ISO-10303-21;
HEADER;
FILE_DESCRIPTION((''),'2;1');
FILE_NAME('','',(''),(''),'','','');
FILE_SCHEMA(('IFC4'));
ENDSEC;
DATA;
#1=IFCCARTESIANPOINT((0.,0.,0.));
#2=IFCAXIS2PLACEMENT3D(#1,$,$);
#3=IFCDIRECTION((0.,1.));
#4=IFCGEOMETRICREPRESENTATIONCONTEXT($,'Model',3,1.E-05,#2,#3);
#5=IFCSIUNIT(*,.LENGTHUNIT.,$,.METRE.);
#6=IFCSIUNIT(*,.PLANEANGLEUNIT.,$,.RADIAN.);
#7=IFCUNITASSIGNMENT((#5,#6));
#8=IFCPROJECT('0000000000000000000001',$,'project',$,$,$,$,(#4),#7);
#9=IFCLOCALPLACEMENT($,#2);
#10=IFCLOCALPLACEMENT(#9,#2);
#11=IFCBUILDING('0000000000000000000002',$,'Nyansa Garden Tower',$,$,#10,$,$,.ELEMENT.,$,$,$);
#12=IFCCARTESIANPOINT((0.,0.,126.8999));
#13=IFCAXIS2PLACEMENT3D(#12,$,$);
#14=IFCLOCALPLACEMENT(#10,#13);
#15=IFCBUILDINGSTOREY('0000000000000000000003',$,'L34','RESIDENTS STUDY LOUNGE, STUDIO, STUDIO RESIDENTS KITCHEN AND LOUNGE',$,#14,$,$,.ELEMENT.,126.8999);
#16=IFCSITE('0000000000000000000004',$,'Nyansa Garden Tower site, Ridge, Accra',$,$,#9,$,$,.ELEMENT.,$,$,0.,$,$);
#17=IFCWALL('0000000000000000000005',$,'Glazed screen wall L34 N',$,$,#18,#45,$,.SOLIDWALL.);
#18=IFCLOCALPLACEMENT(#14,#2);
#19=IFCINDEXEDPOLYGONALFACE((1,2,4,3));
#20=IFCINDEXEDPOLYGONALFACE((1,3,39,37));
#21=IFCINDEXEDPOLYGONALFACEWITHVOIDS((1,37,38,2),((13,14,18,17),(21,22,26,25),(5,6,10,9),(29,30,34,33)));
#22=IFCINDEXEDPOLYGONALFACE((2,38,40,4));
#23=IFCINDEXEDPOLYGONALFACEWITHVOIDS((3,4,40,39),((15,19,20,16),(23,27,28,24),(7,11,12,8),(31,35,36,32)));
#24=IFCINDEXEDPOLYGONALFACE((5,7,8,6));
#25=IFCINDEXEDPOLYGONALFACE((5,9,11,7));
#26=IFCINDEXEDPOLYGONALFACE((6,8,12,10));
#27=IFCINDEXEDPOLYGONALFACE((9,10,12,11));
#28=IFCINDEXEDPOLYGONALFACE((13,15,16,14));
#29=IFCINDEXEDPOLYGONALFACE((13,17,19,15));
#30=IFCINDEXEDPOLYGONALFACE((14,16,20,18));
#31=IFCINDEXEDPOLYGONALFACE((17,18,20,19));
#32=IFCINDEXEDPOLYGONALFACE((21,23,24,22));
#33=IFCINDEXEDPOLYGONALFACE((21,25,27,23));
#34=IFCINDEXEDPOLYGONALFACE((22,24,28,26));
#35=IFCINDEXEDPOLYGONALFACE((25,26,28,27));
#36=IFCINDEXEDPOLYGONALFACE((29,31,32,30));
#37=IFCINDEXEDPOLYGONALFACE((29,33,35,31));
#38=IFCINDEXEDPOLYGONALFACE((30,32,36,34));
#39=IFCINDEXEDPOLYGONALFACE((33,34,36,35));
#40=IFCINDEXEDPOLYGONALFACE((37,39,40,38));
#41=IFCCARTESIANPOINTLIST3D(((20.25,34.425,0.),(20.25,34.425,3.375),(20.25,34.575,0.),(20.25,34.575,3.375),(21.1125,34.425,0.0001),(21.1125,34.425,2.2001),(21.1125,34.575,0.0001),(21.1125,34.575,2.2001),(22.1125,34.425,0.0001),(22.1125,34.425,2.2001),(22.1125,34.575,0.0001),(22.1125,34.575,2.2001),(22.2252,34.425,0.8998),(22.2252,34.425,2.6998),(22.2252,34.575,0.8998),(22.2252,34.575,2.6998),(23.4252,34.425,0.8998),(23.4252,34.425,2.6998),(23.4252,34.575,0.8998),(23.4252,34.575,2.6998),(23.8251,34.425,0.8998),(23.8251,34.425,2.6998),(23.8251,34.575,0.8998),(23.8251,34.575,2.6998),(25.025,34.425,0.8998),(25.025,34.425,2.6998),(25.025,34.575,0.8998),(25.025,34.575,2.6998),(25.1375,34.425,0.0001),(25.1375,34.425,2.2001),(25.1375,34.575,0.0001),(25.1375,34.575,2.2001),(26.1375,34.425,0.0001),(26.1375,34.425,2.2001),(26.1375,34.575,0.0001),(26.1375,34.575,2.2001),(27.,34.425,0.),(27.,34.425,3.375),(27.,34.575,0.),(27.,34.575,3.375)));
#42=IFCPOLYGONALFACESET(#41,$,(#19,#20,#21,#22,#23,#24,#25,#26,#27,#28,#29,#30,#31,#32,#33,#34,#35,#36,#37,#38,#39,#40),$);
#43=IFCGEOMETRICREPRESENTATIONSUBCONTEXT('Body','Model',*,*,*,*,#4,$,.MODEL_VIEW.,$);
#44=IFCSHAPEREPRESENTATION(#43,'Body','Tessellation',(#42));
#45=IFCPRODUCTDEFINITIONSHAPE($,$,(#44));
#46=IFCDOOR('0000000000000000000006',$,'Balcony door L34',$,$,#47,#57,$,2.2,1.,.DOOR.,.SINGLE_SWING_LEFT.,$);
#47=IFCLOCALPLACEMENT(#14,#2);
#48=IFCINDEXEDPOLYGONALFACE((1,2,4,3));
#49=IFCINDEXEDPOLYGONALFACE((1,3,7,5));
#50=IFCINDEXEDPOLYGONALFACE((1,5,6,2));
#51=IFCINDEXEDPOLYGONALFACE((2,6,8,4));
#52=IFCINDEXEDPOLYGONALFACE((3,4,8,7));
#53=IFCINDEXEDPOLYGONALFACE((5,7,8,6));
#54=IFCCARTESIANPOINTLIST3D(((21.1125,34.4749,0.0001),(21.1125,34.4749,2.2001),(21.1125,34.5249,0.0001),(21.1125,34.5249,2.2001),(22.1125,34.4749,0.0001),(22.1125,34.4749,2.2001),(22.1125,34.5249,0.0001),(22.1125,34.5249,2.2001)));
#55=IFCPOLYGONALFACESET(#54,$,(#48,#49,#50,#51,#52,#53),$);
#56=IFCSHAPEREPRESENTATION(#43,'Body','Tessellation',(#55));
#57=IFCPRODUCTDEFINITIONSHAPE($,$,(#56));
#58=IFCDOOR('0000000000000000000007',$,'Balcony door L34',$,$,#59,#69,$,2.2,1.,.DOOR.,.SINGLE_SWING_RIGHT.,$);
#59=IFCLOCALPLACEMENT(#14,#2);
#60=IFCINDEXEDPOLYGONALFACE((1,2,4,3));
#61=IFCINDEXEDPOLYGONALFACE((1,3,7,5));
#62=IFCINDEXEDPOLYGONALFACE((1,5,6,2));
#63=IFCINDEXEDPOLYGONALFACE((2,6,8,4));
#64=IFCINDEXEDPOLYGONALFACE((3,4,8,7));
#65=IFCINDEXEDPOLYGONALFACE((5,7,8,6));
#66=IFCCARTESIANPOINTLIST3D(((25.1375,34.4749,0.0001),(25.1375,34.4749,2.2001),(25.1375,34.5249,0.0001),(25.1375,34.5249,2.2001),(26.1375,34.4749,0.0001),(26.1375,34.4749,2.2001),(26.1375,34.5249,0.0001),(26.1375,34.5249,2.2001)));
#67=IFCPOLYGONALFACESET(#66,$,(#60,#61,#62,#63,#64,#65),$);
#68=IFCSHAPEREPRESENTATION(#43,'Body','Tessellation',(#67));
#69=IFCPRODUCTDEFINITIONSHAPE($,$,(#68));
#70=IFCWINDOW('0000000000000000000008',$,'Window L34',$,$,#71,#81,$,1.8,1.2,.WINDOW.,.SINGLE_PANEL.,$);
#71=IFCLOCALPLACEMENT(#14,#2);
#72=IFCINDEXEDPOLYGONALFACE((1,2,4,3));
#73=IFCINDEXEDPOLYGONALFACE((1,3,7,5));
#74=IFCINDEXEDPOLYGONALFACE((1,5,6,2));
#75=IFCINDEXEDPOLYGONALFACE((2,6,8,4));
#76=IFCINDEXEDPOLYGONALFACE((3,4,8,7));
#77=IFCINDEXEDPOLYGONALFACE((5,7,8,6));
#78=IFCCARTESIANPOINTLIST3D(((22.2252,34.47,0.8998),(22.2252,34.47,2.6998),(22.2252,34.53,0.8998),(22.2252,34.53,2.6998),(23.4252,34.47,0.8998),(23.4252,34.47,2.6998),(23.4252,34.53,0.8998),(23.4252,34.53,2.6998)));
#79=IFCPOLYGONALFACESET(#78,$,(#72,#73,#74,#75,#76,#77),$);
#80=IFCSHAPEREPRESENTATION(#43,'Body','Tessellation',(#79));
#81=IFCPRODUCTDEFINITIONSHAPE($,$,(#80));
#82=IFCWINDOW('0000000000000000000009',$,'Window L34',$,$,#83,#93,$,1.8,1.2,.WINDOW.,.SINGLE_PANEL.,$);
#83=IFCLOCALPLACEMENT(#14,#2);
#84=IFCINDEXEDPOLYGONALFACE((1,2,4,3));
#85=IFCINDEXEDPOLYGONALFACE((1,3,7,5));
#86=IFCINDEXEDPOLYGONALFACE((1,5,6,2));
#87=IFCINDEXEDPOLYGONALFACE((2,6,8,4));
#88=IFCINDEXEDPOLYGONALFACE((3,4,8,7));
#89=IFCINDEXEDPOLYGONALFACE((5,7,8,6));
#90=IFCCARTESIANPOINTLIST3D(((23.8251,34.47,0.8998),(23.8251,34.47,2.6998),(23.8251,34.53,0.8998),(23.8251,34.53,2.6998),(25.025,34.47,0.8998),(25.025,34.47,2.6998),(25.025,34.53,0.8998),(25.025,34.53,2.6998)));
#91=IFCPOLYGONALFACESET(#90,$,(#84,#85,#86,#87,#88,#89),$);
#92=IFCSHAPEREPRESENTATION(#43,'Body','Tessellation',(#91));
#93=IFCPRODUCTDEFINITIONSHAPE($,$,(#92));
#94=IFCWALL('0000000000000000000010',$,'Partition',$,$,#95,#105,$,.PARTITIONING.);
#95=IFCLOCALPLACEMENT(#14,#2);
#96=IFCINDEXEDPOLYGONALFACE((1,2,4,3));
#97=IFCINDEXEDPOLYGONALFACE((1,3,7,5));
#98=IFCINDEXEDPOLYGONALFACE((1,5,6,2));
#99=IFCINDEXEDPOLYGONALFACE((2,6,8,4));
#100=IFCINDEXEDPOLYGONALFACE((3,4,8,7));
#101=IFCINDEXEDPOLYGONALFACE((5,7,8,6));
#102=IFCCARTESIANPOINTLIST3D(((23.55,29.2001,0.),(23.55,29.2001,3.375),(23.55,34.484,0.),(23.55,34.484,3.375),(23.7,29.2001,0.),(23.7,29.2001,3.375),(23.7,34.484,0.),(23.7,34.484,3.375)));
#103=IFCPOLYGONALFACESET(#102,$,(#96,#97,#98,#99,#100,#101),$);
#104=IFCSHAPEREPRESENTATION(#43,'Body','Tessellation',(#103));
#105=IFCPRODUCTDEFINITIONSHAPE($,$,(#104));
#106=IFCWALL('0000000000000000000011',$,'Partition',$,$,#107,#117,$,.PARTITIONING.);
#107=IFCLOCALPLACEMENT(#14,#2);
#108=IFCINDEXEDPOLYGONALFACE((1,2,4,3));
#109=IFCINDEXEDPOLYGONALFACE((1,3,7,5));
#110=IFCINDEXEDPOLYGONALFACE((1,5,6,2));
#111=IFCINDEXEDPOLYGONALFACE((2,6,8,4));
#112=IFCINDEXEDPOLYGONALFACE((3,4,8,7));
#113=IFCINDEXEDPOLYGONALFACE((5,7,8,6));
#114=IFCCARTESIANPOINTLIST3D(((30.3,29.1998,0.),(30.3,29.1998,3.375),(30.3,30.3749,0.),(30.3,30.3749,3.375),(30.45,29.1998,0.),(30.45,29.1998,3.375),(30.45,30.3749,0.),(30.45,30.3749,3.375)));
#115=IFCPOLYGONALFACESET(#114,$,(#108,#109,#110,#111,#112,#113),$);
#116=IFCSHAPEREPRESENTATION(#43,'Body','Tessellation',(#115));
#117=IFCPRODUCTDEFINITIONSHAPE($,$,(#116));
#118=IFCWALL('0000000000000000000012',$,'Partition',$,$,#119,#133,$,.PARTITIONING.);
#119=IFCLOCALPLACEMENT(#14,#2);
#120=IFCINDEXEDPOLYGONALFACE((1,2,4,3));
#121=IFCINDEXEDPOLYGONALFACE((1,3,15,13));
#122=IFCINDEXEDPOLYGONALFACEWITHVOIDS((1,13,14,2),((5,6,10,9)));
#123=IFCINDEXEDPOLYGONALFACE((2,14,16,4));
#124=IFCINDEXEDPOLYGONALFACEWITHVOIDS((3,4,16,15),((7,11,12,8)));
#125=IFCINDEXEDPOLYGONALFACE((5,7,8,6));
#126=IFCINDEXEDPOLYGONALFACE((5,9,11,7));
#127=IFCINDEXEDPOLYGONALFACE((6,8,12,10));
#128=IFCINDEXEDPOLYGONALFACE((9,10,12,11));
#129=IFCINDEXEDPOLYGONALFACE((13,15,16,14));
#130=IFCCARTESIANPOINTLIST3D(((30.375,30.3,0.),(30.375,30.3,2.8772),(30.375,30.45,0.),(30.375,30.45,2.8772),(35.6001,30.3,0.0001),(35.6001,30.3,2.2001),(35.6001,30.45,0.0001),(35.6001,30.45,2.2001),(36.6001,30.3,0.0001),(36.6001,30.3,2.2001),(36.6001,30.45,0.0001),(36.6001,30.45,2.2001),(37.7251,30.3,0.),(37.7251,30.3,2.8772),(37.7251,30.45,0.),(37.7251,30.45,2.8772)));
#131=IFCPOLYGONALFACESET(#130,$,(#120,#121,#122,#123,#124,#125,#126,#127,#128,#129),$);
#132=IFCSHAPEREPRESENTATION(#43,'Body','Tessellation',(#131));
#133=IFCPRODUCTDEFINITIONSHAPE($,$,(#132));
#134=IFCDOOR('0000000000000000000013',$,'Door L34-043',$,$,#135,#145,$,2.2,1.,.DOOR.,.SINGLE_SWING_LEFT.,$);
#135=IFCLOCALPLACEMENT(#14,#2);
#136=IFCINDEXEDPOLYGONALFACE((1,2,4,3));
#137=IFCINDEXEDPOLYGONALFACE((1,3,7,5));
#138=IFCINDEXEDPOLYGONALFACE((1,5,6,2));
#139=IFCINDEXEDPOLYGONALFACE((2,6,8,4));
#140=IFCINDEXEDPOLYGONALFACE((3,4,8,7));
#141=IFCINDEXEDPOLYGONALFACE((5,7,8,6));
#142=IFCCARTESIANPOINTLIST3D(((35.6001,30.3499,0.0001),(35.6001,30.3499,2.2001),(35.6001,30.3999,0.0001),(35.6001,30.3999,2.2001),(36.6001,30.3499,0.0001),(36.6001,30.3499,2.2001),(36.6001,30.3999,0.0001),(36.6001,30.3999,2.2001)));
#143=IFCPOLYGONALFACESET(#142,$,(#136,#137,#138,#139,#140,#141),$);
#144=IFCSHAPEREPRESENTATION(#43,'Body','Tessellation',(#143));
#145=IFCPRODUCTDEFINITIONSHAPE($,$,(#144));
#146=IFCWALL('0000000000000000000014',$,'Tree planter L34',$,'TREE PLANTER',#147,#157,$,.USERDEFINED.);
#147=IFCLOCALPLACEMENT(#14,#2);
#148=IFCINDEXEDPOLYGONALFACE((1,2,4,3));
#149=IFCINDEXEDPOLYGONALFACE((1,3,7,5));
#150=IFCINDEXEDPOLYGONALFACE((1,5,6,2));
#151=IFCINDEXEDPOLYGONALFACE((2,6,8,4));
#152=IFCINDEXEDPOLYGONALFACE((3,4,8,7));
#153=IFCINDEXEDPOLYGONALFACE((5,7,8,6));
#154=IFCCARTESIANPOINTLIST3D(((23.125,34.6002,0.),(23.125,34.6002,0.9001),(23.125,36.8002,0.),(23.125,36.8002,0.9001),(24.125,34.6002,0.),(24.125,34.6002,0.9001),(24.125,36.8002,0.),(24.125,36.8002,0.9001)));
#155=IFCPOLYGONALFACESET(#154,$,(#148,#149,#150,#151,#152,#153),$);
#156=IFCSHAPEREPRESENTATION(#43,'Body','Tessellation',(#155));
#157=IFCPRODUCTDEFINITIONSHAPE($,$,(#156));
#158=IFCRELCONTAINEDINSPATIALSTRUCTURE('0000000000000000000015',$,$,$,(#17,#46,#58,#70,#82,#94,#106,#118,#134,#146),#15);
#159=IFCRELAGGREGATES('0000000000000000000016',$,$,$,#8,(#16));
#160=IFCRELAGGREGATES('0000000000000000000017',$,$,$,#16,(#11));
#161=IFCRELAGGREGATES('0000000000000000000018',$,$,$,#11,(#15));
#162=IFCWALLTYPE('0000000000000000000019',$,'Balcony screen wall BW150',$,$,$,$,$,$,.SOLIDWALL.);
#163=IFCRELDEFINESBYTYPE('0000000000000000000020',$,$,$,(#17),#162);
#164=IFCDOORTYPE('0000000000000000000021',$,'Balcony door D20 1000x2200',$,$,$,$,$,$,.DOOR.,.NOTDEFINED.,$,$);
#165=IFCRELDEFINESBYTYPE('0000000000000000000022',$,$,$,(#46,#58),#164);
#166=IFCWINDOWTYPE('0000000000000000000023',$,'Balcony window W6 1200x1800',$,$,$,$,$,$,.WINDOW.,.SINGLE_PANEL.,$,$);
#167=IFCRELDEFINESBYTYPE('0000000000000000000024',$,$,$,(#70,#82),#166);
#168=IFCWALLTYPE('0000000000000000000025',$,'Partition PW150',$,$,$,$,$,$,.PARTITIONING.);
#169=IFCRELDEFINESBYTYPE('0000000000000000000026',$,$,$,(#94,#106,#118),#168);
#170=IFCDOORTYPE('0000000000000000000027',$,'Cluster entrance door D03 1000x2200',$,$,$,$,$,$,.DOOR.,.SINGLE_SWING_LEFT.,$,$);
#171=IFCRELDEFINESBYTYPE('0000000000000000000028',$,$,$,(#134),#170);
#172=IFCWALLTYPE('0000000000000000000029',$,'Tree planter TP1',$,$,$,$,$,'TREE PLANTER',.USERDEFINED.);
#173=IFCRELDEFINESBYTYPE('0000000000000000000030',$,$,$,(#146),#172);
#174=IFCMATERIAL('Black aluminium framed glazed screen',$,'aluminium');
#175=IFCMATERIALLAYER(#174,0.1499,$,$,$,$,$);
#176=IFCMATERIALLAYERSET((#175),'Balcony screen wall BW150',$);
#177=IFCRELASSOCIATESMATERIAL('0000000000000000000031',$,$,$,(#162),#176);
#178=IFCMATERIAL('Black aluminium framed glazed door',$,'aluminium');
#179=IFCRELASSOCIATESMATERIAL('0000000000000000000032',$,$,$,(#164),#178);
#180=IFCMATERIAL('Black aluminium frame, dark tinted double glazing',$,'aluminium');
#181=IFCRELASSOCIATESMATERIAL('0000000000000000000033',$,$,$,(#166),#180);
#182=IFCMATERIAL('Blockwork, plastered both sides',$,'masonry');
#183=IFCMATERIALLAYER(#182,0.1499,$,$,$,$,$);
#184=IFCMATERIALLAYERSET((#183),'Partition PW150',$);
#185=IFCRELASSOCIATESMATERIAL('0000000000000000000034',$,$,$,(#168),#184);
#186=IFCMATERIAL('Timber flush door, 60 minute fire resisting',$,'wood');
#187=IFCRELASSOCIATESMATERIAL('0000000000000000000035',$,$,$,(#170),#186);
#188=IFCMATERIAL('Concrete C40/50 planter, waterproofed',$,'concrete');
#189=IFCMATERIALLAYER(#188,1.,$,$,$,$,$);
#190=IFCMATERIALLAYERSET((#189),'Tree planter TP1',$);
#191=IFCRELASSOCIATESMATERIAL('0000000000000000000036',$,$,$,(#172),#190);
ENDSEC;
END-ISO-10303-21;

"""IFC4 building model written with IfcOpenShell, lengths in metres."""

from ifc_helpers import new_model, si_unit, direction, frame, frame_2d, origin, place, context, subcontext, project, spatial, rectangle, extrude, material, layer, layer_set, type_object, element, fill, save


model = new_model("IFC4")

# Units and contexts
model_context = context("Model", 3, precision=1e-05, world=origin(), true_north=direction((0.0, 1.0)))
body_context = subcontext(model_context, "Body", "Model", "MODEL_VIEW")
ifc_project = project(units=[si_unit("LENGTHUNIT", "METRE"), si_unit("PLANEANGLEUNIT", "RADIAN")], contexts=[model_context])

# Site, building, storey
site_placement = place(None, origin())
site = spatial("IfcSite", under=ifc_project, at=site_placement, Name="Nyansa Garden Tower site, Ridge, Accra", CompositionType="ELEMENT", RefElevation=0.0)
building_placement = place(site_placement, origin())
building = spatial("IfcBuilding", under=site, at=building_placement, Name="Nyansa Garden Tower", CompositionType="ELEMENT")
storey_placement = place(building_placement, frame((0.0, 0.0, 126.8999)))
storey = spatial("IfcBuildingStorey", under=building, at=storey_placement, Name="L34", Description="RESIDENTS STUDY LOUNGE, STUDIO, STUDIO RESIDENTS KITCHEN AND LOUNGE", CompositionType="ELEMENT", Elevation=126.8999)

# Wall, openings, doors, windows
ifc_material_1 = material(Name="Black aluminium framed glazed screen", Category="aluminium")
ifc_layer_1 = layer(ifc_material_1, 0.1499)
ifc_layer_set_1 = layer_set([ifc_layer_1], Name="Balcony screen wall BW150")
wall_type_1 = type_object("IfcWallType", Name="Balcony screen wall BW150", PredefinedType="SOLIDWALL", material=ifc_layer_set_1)
wall_1_placement = place(storey_placement, frame((20.25, 34.5, 0.0), z_axis=(0.0, 0.0, 1.0), x_axis=(1.0, 0.0, 0.0)))
wall_1 = element("IfcWall", 1, at=wall_1_placement, inside=storey, type_object=wall_type_1, Name="Glazed screen wall L34 N", PredefinedType="SOLIDWALL", context=body_context, shape_type="SweptSolid", body=[
    extrude(rectangle(XDim=6.75, YDim=0.1499, at=frame_2d((3.375, 0.0))), origin(), (0.0, 0.0, 1.0), 3.375),
])
opening_1_placement = place(wall_1_placement, frame((0.8625, 0.0, 0.0)))
opening_1 = element("IfcOpeningElement", 2, at=opening_1_placement, cuts=wall_1, PredefinedType="OPENING", context=body_context, shape_type="SweptSolid", body=[
    extrude(rectangle(XDim=1.0, YDim=2.2, at=frame_2d((0.5, 1.1001))), frame((0.0, 0.085, 0.0), z_axis=(0.0, -1.0, 0.0), x_axis=(1.0, 0.0, 0.0)), (0.0, 0.0, 1.0), 0.1699),
])
opening_2_placement = place(wall_1_placement, frame((1.9751, 0.0, 0.8999)))
opening_2 = element("IfcOpeningElement", 3, at=opening_2_placement, cuts=wall_1, PredefinedType="OPENING", context=body_context, shape_type="SweptSolid", body=[
    extrude(rectangle(XDim=1.2, YDim=1.8, at=frame_2d((0.6001, 0.8999))), frame((0.0, 0.085, 0.0), z_axis=(0.0, -1.0, 0.0), x_axis=(1.0, 0.0, 0.0)), (0.0, 0.0, 1.0), 0.1699),
])
opening_3_placement = place(wall_1_placement, frame((4.8875, 0.0, 0.0)))
opening_3 = element("IfcOpeningElement", 4, at=opening_3_placement, cuts=wall_1, PredefinedType="OPENING", context=body_context, shape_type="SweptSolid", body=[
    extrude(rectangle(XDim=1.0, YDim=2.2, at=frame_2d((0.5, 1.1001))), frame((0.0, 0.085, 0.0), z_axis=(0.0, -1.0, 0.0), x_axis=(1.0, 0.0, 0.0)), (0.0, 0.0, 1.0), 0.1699),
])
opening_4_placement = place(wall_1_placement, frame((3.575, 0.0, 0.8999)))
opening_4 = element("IfcOpeningElement", 5, at=opening_4_placement, cuts=wall_1, PredefinedType="OPENING", context=body_context, shape_type="SweptSolid", body=[
    extrude(rectangle(XDim=1.2, YDim=1.8, at=frame_2d((0.6001, 0.8999))), frame((0.0, 0.085, 0.0), z_axis=(0.0, -1.0, 0.0), x_axis=(1.0, 0.0, 0.0)), (0.0, 0.0, 1.0), 0.1699),
])
ifc_material_2 = material(Name="Black aluminium framed glazed door", Category="aluminium")
door_type_1 = type_object("IfcDoorType", Name="Balcony door D20 1000x2200", OperationType="NOTDEFINED", PredefinedType="DOOR", material=ifc_material_2)
door_1_placement = place(opening_1_placement, origin())
door_1 = element("IfcDoor", 6, at=door_1_placement, inside=storey, type_object=door_type_1, Name="Balcony door L34", OperationType="SINGLE_SWING_LEFT", OverallHeight=2.2, OverallWidth=1.0, PredefinedType="DOOR", context=body_context, shape_type="SweptSolid", body=[
    extrude(rectangle(XDim=1.0, YDim=2.2, at=frame_2d((0.5, 1.1001))), frame((0.0, 0.0249, 0.0), z_axis=(0.0, -1.0, 0.0), x_axis=(1.0, 0.0, 0.0)), (0.0, 0.0, 1.0), 0.05),
])
fill(opening_1, door_1)
door_2_placement = place(opening_3_placement, origin())
door_2 = element("IfcDoor", 7, at=door_2_placement, inside=storey, type_object=door_type_1, Name="Balcony door L34", OperationType="SINGLE_SWING_RIGHT", OverallHeight=2.2, OverallWidth=1.0, PredefinedType="DOOR", context=body_context, shape_type="SweptSolid", body=[
    extrude(rectangle(XDim=1.0, YDim=2.2, at=frame_2d((0.5, 1.1001))), frame((0.0, 0.0249, 0.0), z_axis=(0.0, -1.0, 0.0), x_axis=(1.0, 0.0, 0.0)), (0.0, 0.0, 1.0), 0.05),
])
fill(opening_3, door_2)
ifc_material_3 = material(Name="Black aluminium frame, dark tinted double glazing", Category="aluminium")
window_type = type_object("IfcWindowType", Name="Balcony window W6 1200x1800", PartitioningType="SINGLE_PANEL", PredefinedType="WINDOW", material=ifc_material_3)
window_1_placement = place(opening_2_placement, origin())
window_1 = element("IfcWindow", 8, at=window_1_placement, inside=storey, type_object=window_type, Name="Window L34", OverallHeight=1.8, OverallWidth=1.2, PartitioningType="SINGLE_PANEL", PredefinedType="WINDOW", context=body_context, shape_type="SweptSolid", body=[
    extrude(rectangle(XDim=1.2, YDim=1.8, at=frame_2d((0.6001, 0.8999))), frame((0.0, 0.03, 0.0), z_axis=(0.0, -1.0, 0.0), x_axis=(1.0, 0.0, 0.0)), (0.0, 0.0, 1.0), 0.0601),
])
fill(opening_2, window_1)
window_2_placement = place(opening_4_placement, origin())
window_2 = element("IfcWindow", 9, at=window_2_placement, inside=storey, type_object=window_type, Name="Window L34", OverallHeight=1.8, OverallWidth=1.2, PartitioningType="SINGLE_PANEL", PredefinedType="WINDOW", context=body_context, shape_type="SweptSolid", body=[
    extrude(rectangle(XDim=1.2, YDim=1.8, at=frame_2d((0.6001, 0.8999))), frame((0.0, 0.03, 0.0), z_axis=(0.0, -1.0, 0.0), x_axis=(1.0, 0.0, 0.0)), (0.0, 0.0, 1.0), 0.0601),
])
fill(opening_4, window_2)

# Walls
ifc_material_4 = material(Name="Blockwork, plastered both sides", Category="masonry")
ifc_layer_2 = layer(ifc_material_4, 0.1499)
ifc_layer_set_2 = layer_set([ifc_layer_2], Name="Partition PW150")
wall_type_2 = type_object("IfcWallType", Name="Partition PW150", PredefinedType="PARTITIONING", material=ifc_layer_set_2)
wall_2_placement = place(storey_placement, frame((23.625, 29.2, 0.0), z_axis=(0.0, 0.0, 1.0), x_axis=(0.0, 1.0, 0.0)))
element("IfcWall", 10, at=wall_2_placement, inside=storey, type_object=wall_type_2, Name="Partition", PredefinedType="PARTITIONING", context=body_context, shape_type="SweptSolid", body=[
    extrude(rectangle(XDim=5.2839, YDim=0.1499, at=frame_2d((2.6421, 0.0))), origin(), (0.0, 0.0, 1.0), 3.375),
])
wall_3_placement = place(storey_placement, frame((30.375, 29.2, 0.0), z_axis=(0.0, 0.0, 1.0), x_axis=(0.0, 1.0, 0.0)))
element("IfcWall", 11, at=wall_3_placement, inside=storey, type_object=wall_type_2, Name="Partition", PredefinedType="PARTITIONING", context=body_context, shape_type="SweptSolid", body=[
    extrude(rectangle(XDim=1.175, YDim=0.1499, at=frame_2d((0.5874, 0.0))), origin(), (0.0, 0.0, 1.0), 3.375),
])

# Wall, opening, door
wall_4_placement = place(storey_placement, frame((30.375, 30.375, 0.0), z_axis=(0.0, 0.0, 1.0), x_axis=(1.0, 0.0, 0.0)))
wall_4 = element("IfcWall", 12, at=wall_4_placement, inside=storey, type_object=wall_type_2, Name="Partition", PredefinedType="PARTITIONING", context=body_context, shape_type="SweptSolid", body=[
    extrude(rectangle(XDim=7.3501, YDim=0.1499, at=frame_2d((3.675, 0.0))), origin(), (0.0, 0.0, 1.0), 2.8772),
])
opening_5_placement = place(wall_4_placement, frame((5.2251, 0.0, 0.0)))
opening_5 = element("IfcOpeningElement", 13, at=opening_5_placement, cuts=wall_4, PredefinedType="OPENING", context=body_context, shape_type="SweptSolid", body=[
    extrude(rectangle(XDim=1.0, YDim=2.2, at=frame_2d((0.5, 1.1001))), frame((0.0, 0.085, 0.0), z_axis=(0.0, -1.0, 0.0), x_axis=(1.0, 0.0, 0.0)), (0.0, 0.0, 1.0), 0.1699),
])
ifc_material_5 = material(Name="Timber flush door, 60 minute fire resisting", Category="wood")
door_type_2 = type_object("IfcDoorType", Name="Cluster entrance door D03 1000x2200", OperationType="SINGLE_SWING_LEFT", PredefinedType="DOOR", material=ifc_material_5)
door_3_placement = place(opening_5_placement, origin())
door_3 = element("IfcDoor", 14, at=door_3_placement, inside=storey, type_object=door_type_2, Name="Door L34-043", OperationType="SINGLE_SWING_LEFT", OverallHeight=2.2, OverallWidth=1.0, PredefinedType="DOOR", context=body_context, shape_type="SweptSolid", body=[
    extrude(rectangle(XDim=1.0, YDim=2.2, at=frame_2d((0.5, 1.1001))), frame((0.0, 0.0249, 0.0), z_axis=(0.0, -1.0, 0.0), x_axis=(1.0, 0.0, 0.0)), (0.0, 0.0, 1.0), 0.05),
])
fill(opening_5, door_3)

# Wall
ifc_material_6 = material(Name="Concrete C40/50 planter, waterproofed", Category="concrete")
ifc_layer_3 = layer(ifc_material_6, 1.0)
ifc_layer_set_3 = layer_set([ifc_layer_3], Name="Tree planter TP1")
wall_type_3 = type_object("IfcWallType", Name="Tree planter TP1", ElementType="TREE PLANTER", PredefinedType="USERDEFINED", material=ifc_layer_set_3)
wall_5_placement = place(storey_placement, frame((23.625, 34.6001, 0.0), z_axis=(0.0, 0.0, 1.0), x_axis=(0.0, 1.0, 0.0)))
element("IfcWall", 15, at=wall_5_placement, inside=storey, type_object=wall_type_3, Name="Tree planter L34", ObjectType="TREE PLANTER", PredefinedType="USERDEFINED", context=body_context, shape_type="SweptSolid", body=[
    extrude(rectangle(XDim=2.2, YDim=1.0, at=frame_2d((1.1001, 0.0))), origin(), (0.0, 0.0, 1.0), 0.9001),
])

save(model, "model.ifc")
